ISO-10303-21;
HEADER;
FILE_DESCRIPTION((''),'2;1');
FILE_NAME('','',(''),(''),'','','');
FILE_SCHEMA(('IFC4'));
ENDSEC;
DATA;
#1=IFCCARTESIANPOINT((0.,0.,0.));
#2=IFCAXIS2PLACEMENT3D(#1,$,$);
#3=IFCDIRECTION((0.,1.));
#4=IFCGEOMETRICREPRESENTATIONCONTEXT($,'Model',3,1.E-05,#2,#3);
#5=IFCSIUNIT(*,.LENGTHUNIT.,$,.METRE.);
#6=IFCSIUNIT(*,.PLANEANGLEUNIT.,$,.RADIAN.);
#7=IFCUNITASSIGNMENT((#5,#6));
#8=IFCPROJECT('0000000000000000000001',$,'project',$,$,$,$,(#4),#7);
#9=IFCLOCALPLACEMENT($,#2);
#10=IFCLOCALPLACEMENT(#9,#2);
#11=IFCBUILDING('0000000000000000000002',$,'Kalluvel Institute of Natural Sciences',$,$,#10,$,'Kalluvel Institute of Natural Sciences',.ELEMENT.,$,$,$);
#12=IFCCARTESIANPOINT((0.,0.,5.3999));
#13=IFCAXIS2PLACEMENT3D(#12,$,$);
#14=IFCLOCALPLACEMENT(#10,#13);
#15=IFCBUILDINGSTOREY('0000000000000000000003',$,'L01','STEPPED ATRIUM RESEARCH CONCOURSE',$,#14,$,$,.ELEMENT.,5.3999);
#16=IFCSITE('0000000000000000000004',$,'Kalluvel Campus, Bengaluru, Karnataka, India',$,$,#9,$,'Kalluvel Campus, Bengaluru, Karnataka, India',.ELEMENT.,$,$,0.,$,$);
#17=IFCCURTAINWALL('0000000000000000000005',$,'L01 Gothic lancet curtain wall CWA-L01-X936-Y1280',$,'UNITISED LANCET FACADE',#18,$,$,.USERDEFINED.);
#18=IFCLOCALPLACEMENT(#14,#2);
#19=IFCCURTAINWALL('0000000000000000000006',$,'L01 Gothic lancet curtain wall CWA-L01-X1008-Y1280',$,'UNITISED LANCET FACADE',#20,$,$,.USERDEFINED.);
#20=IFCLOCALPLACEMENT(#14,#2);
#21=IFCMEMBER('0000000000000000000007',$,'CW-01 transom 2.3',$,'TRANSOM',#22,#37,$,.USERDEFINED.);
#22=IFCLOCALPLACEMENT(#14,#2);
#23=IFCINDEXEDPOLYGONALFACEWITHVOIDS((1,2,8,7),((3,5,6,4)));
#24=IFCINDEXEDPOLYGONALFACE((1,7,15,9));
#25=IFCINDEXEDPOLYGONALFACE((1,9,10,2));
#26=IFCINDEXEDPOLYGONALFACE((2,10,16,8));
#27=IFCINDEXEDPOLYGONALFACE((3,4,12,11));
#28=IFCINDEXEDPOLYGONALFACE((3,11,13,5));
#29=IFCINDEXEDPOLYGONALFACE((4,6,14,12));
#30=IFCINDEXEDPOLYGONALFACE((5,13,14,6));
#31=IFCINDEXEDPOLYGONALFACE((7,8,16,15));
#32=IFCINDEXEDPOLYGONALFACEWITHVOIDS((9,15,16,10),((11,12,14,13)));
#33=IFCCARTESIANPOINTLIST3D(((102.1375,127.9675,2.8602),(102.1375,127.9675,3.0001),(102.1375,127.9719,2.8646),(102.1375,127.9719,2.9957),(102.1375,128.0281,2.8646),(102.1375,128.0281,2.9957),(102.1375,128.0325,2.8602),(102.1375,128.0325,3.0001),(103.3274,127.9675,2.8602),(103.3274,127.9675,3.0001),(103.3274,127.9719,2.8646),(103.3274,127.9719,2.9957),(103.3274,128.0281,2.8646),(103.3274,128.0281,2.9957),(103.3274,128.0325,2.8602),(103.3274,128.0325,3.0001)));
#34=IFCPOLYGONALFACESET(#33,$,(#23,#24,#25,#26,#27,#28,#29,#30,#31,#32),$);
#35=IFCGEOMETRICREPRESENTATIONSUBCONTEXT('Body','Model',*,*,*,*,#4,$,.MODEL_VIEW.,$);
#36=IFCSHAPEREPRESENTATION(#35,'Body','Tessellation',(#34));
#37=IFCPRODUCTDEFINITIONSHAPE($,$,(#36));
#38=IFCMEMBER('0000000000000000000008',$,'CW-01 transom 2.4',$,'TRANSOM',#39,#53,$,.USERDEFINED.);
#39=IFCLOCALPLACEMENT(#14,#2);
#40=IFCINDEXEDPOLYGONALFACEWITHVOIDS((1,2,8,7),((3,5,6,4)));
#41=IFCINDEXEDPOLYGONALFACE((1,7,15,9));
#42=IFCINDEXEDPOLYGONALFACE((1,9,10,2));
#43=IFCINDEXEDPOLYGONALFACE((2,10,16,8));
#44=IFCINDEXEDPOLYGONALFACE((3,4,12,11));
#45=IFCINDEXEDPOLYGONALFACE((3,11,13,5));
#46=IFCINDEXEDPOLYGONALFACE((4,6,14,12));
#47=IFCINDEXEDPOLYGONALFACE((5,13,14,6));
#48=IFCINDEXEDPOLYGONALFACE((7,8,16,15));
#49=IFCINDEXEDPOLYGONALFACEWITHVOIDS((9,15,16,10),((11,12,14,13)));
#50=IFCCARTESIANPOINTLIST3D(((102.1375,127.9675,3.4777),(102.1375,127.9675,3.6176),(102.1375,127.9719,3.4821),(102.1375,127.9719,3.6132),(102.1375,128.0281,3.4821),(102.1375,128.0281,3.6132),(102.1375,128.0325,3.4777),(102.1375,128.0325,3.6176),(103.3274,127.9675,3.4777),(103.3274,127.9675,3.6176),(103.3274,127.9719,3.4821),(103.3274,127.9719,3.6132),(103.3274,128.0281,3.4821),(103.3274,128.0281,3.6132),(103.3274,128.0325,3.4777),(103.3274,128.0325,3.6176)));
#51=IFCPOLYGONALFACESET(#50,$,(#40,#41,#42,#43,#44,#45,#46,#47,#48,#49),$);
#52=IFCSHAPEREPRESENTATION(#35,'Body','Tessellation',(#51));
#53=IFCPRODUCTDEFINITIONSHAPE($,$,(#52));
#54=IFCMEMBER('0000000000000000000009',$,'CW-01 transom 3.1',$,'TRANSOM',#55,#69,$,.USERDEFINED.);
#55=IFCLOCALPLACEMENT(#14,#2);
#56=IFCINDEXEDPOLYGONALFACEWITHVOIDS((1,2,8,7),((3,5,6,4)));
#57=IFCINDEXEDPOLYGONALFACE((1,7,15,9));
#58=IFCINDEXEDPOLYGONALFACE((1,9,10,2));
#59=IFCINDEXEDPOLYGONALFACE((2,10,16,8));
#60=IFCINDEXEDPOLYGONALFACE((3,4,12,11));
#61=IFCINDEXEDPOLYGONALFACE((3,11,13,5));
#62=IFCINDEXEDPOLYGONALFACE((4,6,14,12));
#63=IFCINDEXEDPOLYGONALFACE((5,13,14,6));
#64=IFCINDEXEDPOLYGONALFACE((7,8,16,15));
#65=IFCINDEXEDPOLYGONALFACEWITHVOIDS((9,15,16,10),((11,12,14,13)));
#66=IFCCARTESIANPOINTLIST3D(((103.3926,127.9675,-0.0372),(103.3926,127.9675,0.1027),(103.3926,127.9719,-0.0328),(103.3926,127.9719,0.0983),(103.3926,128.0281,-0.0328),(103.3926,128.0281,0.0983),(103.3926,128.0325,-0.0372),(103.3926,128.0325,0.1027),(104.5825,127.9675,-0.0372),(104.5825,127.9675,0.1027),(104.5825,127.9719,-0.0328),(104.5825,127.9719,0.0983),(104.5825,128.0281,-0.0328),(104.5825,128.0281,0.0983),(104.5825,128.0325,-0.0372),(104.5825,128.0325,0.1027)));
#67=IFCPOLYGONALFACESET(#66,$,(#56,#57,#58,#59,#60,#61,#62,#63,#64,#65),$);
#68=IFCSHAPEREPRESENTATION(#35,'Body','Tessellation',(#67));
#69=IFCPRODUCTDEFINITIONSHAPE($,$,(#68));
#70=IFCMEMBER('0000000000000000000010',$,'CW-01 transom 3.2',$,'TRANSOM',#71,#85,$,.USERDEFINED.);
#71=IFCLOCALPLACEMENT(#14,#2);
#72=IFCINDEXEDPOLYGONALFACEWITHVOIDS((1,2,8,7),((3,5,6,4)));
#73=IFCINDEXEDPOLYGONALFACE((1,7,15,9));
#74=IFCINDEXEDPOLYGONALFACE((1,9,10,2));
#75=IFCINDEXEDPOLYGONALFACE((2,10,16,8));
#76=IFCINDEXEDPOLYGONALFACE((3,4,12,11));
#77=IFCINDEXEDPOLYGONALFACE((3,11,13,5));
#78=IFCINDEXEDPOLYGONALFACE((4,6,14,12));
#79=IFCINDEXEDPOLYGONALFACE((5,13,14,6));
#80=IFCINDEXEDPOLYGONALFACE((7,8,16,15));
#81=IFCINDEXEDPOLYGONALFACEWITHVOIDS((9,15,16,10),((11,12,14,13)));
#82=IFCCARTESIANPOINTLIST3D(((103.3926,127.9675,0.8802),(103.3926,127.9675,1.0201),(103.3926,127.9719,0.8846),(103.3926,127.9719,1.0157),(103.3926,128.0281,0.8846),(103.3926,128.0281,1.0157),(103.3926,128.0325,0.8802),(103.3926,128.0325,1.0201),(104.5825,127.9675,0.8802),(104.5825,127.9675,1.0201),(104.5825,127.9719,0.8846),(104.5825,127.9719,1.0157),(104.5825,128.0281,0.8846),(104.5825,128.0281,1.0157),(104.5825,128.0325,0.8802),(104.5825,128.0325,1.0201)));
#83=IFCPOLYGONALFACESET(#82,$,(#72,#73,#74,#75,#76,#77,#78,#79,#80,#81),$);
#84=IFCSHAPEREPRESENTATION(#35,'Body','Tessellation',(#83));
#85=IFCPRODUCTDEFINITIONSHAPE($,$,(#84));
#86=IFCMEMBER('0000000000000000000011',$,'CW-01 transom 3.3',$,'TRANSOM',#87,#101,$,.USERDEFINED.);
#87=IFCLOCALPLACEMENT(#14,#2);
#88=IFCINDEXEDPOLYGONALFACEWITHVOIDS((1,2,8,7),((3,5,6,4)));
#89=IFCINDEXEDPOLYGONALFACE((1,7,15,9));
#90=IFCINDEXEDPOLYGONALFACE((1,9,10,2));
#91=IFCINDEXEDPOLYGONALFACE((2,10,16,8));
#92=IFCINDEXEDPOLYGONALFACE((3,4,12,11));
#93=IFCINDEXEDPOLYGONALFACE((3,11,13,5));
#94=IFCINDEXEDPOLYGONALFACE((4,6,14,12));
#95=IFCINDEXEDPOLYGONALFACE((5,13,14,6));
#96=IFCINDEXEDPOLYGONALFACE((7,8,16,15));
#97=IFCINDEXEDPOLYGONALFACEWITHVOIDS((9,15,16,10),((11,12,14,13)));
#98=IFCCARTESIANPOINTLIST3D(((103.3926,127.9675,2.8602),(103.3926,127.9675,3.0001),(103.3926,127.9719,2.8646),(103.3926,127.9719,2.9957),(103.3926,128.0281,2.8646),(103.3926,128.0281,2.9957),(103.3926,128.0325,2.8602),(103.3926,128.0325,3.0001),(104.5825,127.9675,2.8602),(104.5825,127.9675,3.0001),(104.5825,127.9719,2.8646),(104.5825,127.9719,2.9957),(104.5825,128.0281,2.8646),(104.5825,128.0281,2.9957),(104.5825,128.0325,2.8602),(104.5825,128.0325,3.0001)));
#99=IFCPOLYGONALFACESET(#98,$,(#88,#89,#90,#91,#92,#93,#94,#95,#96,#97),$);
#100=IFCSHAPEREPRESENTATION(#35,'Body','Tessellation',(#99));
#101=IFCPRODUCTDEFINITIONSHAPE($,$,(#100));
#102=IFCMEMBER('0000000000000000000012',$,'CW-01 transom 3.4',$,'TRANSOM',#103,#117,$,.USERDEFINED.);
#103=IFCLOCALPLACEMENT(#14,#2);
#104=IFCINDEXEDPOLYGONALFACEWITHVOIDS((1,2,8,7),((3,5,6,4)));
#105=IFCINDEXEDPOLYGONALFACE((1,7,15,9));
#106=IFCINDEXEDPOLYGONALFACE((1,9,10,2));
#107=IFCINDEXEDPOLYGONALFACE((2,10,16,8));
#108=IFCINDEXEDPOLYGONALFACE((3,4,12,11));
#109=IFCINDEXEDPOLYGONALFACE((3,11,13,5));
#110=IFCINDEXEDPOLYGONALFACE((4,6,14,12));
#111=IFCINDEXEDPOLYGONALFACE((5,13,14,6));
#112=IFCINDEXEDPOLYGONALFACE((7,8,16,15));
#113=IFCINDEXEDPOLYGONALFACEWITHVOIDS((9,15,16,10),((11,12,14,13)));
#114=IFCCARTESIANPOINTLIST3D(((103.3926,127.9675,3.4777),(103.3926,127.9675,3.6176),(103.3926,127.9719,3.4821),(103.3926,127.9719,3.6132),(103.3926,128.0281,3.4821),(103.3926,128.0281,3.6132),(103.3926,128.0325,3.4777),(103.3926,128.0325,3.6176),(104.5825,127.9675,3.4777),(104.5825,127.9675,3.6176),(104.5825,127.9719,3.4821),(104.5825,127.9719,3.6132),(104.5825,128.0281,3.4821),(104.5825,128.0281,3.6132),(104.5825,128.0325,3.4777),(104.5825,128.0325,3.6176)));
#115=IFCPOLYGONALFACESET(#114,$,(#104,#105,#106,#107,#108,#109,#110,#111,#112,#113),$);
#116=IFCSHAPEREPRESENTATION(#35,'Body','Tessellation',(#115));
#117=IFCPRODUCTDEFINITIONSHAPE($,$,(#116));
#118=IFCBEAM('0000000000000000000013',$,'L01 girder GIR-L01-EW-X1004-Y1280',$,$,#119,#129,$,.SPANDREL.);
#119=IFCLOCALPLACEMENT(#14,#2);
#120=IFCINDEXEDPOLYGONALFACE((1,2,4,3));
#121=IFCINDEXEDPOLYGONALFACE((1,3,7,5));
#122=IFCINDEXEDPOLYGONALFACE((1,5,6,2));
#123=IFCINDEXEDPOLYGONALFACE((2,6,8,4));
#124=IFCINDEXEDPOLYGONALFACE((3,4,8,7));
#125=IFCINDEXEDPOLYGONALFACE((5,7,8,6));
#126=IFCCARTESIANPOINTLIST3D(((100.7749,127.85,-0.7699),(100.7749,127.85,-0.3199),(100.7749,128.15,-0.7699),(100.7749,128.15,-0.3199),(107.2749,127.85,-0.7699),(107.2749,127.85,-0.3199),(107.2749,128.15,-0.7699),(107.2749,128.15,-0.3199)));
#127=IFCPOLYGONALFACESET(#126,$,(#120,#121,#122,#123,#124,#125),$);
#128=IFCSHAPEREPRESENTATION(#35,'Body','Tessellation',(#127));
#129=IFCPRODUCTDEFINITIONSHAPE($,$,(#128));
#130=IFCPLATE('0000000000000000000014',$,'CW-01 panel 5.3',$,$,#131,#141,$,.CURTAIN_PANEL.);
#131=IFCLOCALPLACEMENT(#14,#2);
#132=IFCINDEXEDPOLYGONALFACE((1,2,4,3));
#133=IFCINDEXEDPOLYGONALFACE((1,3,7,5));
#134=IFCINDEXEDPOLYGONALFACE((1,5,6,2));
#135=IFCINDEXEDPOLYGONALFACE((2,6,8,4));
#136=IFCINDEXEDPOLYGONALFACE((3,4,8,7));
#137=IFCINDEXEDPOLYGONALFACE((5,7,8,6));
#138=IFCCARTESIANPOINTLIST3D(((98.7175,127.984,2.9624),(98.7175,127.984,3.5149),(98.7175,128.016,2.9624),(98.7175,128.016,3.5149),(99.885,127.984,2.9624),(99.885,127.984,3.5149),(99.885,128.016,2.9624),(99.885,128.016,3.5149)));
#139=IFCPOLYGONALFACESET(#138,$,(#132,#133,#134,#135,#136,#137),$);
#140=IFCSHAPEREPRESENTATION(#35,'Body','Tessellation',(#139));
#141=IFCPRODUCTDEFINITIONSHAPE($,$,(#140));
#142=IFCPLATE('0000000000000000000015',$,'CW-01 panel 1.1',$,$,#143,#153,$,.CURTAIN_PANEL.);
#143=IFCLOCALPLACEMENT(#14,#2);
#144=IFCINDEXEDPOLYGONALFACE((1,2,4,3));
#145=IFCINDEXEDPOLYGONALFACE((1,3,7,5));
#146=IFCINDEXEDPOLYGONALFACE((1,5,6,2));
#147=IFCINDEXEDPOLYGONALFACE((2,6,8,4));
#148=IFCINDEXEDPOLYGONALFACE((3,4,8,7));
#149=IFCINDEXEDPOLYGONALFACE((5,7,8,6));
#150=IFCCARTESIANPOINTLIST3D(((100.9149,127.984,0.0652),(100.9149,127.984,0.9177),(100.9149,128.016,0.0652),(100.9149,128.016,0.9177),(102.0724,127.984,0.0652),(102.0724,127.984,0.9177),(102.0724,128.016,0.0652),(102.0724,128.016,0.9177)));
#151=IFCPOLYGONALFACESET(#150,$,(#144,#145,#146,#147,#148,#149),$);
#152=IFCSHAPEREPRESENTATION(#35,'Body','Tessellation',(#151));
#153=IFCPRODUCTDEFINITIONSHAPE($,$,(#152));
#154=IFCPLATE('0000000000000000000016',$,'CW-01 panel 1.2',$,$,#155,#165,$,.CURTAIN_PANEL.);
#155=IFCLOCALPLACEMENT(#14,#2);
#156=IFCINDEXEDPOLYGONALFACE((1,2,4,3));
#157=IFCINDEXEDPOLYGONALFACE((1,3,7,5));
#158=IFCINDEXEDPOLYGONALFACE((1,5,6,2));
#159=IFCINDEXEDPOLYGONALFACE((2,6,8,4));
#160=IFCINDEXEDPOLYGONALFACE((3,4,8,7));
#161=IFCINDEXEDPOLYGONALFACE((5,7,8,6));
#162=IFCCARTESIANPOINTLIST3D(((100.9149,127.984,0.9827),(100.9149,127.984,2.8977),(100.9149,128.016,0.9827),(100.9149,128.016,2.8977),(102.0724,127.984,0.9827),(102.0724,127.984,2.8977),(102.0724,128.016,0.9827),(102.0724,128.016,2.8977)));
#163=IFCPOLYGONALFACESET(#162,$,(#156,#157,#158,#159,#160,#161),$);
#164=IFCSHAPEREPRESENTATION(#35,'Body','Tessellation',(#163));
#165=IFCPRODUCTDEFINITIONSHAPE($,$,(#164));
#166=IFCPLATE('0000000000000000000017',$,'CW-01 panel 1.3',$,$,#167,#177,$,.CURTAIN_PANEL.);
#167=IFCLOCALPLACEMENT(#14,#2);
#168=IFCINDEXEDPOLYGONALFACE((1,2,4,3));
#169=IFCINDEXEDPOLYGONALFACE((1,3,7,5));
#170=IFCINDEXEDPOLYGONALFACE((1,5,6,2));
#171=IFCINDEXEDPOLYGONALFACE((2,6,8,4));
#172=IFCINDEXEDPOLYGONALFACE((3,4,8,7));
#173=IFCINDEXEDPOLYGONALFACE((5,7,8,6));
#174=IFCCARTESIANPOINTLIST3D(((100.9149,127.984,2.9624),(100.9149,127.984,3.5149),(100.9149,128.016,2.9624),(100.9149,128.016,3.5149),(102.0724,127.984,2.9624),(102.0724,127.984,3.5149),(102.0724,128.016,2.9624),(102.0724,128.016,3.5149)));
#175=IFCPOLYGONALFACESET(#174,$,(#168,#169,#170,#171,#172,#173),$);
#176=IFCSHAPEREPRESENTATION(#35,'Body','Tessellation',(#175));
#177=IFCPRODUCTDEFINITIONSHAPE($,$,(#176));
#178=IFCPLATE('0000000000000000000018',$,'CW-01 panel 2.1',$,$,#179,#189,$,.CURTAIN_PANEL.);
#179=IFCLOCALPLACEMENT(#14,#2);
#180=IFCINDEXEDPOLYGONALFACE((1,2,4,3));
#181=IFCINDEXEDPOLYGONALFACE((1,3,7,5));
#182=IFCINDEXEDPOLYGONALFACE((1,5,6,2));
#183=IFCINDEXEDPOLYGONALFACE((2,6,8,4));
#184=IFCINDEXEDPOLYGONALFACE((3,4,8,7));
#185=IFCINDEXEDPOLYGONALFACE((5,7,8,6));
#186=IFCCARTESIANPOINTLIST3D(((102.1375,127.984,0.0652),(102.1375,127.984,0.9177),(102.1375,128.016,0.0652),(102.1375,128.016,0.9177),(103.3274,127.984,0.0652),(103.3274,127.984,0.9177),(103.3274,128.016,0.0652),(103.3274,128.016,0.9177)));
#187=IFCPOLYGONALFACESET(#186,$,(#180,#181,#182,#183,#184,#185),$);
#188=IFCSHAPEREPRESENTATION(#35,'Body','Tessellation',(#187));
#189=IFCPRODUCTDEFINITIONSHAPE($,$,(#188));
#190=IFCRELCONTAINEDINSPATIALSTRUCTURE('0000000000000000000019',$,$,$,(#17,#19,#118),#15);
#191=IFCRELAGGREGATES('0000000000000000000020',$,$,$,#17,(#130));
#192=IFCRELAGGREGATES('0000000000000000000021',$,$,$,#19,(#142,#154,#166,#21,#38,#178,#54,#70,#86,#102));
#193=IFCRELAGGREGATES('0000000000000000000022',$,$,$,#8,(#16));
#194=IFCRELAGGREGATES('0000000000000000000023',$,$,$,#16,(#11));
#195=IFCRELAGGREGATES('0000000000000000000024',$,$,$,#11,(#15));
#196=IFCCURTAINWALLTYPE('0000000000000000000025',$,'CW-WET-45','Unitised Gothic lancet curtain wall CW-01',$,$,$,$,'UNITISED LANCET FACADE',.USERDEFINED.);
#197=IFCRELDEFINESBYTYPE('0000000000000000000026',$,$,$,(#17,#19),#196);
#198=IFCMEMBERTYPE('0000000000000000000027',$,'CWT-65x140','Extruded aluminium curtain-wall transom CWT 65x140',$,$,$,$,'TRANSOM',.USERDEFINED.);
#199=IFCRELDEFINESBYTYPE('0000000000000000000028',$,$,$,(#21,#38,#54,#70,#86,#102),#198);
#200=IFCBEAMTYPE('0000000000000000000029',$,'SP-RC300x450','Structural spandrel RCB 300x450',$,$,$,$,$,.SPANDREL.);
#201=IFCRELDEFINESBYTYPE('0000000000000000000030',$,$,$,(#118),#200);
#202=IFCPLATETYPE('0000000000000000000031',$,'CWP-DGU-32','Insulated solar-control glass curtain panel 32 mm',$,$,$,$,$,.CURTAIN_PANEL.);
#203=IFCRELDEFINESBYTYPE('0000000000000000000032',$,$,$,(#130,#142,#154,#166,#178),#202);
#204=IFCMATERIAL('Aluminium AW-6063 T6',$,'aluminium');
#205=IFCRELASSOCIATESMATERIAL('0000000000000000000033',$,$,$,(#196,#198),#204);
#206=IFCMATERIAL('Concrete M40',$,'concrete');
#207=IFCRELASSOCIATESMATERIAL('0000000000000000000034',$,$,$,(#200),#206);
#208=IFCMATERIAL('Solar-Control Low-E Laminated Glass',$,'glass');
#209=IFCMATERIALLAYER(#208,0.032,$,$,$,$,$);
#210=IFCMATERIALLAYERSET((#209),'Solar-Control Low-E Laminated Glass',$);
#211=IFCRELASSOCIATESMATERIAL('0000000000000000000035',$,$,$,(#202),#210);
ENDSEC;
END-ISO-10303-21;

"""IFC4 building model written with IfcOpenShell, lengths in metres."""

from ifc_helpers import new_model, si_unit, direction, frame, origin, origin_2d, place, context, subcontext, project, spatial, rectangle, hollow_rectangle, extrude, material, layer, layer_set, material_profile, profile_set, type_object, element, aggregate, save


model = new_model("IFC4")

# Units and contexts
model_context = context("Model", 3, precision=1e-05, world=origin(), true_north=direction((0.0, 1.0)))
body_context = subcontext(model_context, "Body", "Model", "MODEL_VIEW")
ifc_project = project(units=[si_unit("LENGTHUNIT", "METRE"), si_unit("PLANEANGLEUNIT", "RADIAN")], contexts=[model_context])

# Site, building, storey
site_placement = place(None, origin())
site = spatial("IfcSite", under=ifc_project, at=site_placement, Name="Kalluvel Campus, Bengaluru, Karnataka, India", LongName="Kalluvel Campus, Bengaluru, Karnataka, India", CompositionType="ELEMENT", RefElevation=0.0)
building_placement = place(site_placement, origin())
building = spatial("IfcBuilding", under=site, at=building_placement, Name="Kalluvel Institute of Natural Sciences", LongName="Kalluvel Institute of Natural Sciences", CompositionType="ELEMENT")
storey_placement = place(building_placement, frame((0.0, 0.0, 5.3999)))
storey = spatial("IfcBuildingStorey", under=building, at=storey_placement, Name="L01", Description="STEPPED ATRIUM RESEARCH CONCOURSE", CompositionType="ELEMENT", Elevation=5.3999)

# Curtain wall
ifc_material_1 = material(Name="Aluminium AW-6063 T6", Category="aluminium")
curtain_wall_type = type_object("IfcCurtainWallType", Name="CW-WET-45", Description="Unitised Gothic lancet curtain wall CW-01", ElementType="UNITISED LANCET FACADE", PredefinedType="USERDEFINED", material=ifc_material_1)
curtain_wall_1_placement = place(storey_placement, origin())
curtain_wall_1 = element("IfcCurtainWall", 1, at=curtain_wall_1_placement, inside=storey, type_object=curtain_wall_type, Name="L01 Gothic lancet curtain wall CWA-L01-X936-Y1280", ObjectType="UNITISED LANCET FACADE", PredefinedType="USERDEFINED")

# Curtain wall, members
curtain_wall_2_placement = place(storey_placement, origin())
curtain_wall_2 = element("IfcCurtainWall", 2, at=curtain_wall_2_placement, inside=storey, type_object=curtain_wall_type, Name="L01 Gothic lancet curtain wall CWA-L01-X1008-Y1280", ObjectType="UNITISED LANCET FACADE", PredefinedType="USERDEFINED")
ifc_material_profile_1 = material_profile(ifc_material_1, hollow_rectangle(XDim=0.0649, YDim=0.1399, WallThickness=0.0044, at=origin_2d()), Name="CWT 65x140")
ifc_profile_set_1 = profile_set([ifc_material_profile_1], Name="Aluminium AW-6063 T6")
member_type_1 = type_object("IfcMemberType", Name="CWT-65x140", Description="Extruded aluminium curtain-wall transom CWT 65x140", ElementType="TRANSOM", PredefinedType="USERDEFINED", material=ifc_profile_set_1)
member_1_placement = place(storey_placement, frame((102.1375, 128.0, 2.9302), z_axis=(1.0, 0.0, 0.0), x_axis=(0.0, 1.0, 0.0)))
member_1 = element("IfcMember", 3, at=member_1_placement, type_object=member_type_1, Name="CW-01 transom 2.3", ObjectType="TRANSOM", PredefinedType="USERDEFINED", context=body_context, shape_type="SweptSolid", body=[
    extrude(hollow_rectangle(XDim=0.0649, YDim=0.1399, WallThickness=0.0044, at=origin_2d()), origin(), (0.0, 0.0, 1.0), 1.1899),
])
member_2_placement = place(storey_placement, frame((102.1375, 128.0, 3.5476), z_axis=(1.0, 0.0, 0.0), x_axis=(0.0, 1.0, 0.0)))
member_2 = element("IfcMember", 4, at=member_2_placement, type_object=member_type_1, Name="CW-01 transom 2.4", ObjectType="TRANSOM", PredefinedType="USERDEFINED", context=body_context, shape_type="SweptSolid", body=[
    extrude(hollow_rectangle(XDim=0.0649, YDim=0.1399, WallThickness=0.0044, at=origin_2d()), origin(), (0.0, 0.0, 1.0), 1.1899),
])
member_3_placement = place(storey_placement, frame((103.3926, 128.0, 0.0327), z_axis=(1.0, 0.0, 0.0), x_axis=(0.0, 1.0, 0.0)))
member_3 = element("IfcMember", 5, at=member_3_placement, type_object=member_type_1, Name="CW-01 transom 3.1", ObjectType="TRANSOM", PredefinedType="USERDEFINED", context=body_context, shape_type="SweptSolid", body=[
    extrude(hollow_rectangle(XDim=0.0649, YDim=0.1399, WallThickness=0.0044, at=origin_2d()), origin(), (0.0, 0.0, 1.0), 1.1899),
])
member_4_placement = place(storey_placement, frame((103.3926, 128.0, 0.9502), z_axis=(1.0, 0.0, 0.0), x_axis=(0.0, 1.0, 0.0)))
member_4 = element("IfcMember", 6, at=member_4_placement, type_object=member_type_1, Name="CW-01 transom 3.2", ObjectType="TRANSOM", PredefinedType="USERDEFINED", context=body_context, shape_type="SweptSolid", body=[
    extrude(hollow_rectangle(XDim=0.0649, YDim=0.1399, WallThickness=0.0044, at=origin_2d()), origin(), (0.0, 0.0, 1.0), 1.1899),
])
member_5_placement = place(storey_placement, frame((103.3926, 128.0, 2.9302), z_axis=(1.0, 0.0, 0.0), x_axis=(0.0, 1.0, 0.0)))
member_5 = element("IfcMember", 7, at=member_5_placement, type_object=member_type_1, Name="CW-01 transom 3.3", ObjectType="TRANSOM", PredefinedType="USERDEFINED", context=body_context, shape_type="SweptSolid", body=[
    extrude(hollow_rectangle(XDim=0.0649, YDim=0.1399, WallThickness=0.0044, at=origin_2d()), origin(), (0.0, 0.0, 1.0), 1.1899),
])
member_6_placement = place(storey_placement, frame((103.3926, 128.0, 3.5476), z_axis=(1.0, 0.0, 0.0), x_axis=(0.0, 1.0, 0.0)))
member_6 = element("IfcMember", 8, at=member_6_placement, type_object=member_type_1, Name="CW-01 transom 3.4", ObjectType="TRANSOM", PredefinedType="USERDEFINED", context=body_context, shape_type="SweptSolid", body=[
    extrude(hollow_rectangle(XDim=0.0649, YDim=0.1399, WallThickness=0.0044, at=origin_2d()), origin(), (0.0, 0.0, 1.0), 1.1899),
])

# Beam
ifc_material_2 = material(Name="Concrete M40", Category="concrete")
ifc_material_profile_2 = material_profile(ifc_material_2, rectangle(XDim=0.3, YDim=0.45, at=origin_2d()), Name="RCB 300x450")
ifc_profile_set_2 = profile_set([ifc_material_profile_2], Name="Concrete M40")
beam_type = type_object("IfcBeamType", Name="SP-RC300x450", Description="Structural spandrel RCB 300x450", PredefinedType="SPANDREL", material=ifc_profile_set_2)
beam_placement = place(storey_placement, frame((100.7749, 128.0, -0.5449), z_axis=(1.0, 0.0, 0.0), x_axis=(0.0, 1.0, 0.0)))
element("IfcBeam", 9, at=beam_placement, inside=storey, type_object=beam_type, Name="L01 girder GIR-L01-EW-X1004-Y1280", PredefinedType="SPANDREL", context=body_context, shape_type="SweptSolid", body=[
    extrude(rectangle(XDim=0.3, YDim=0.45, at=origin_2d()), origin(), (0.0, 0.0, 1.0), 6.5),
])

# Plates
ifc_material_3 = material(Name="Solar-Control Low-E Laminated Glass", Category="glass")
ifc_layer = layer(ifc_material_3, 0.032)
ifc_layer_set = layer_set([ifc_layer], Name="Solar-Control Low-E Laminated Glass")
plate_type = type_object("IfcPlateType", Name="CWP-DGU-32", Description="Insulated solar-control glass curtain panel 32 mm", PredefinedType="CURTAIN_PANEL", material=ifc_layer_set)
plate_1_placement = place(storey_placement, frame((99.3013, 128.0, 2.9624), z_axis=(0.0, 0.0, 1.0), x_axis=(1.0, 0.0, 0.0)))
plate_1 = element("IfcPlate", 10, at=plate_1_placement, type_object=plate_type, Name="CW-01 panel 5.3", PredefinedType="CURTAIN_PANEL", context=body_context, shape_type="SweptSolid", body=[
    extrude(rectangle(XDim=1.1675, YDim=0.032, at=origin_2d()), origin(), (0.0, 0.0, 1.0), 0.5525),
])
aggregate(curtain_wall_1, [plate_1])
plate_2_placement = place(storey_placement, frame((101.4937, 128.0, 0.0652), z_axis=(0.0, 0.0, 1.0), x_axis=(1.0, 0.0, 0.0)))
plate_2 = element("IfcPlate", 11, at=plate_2_placement, type_object=plate_type, Name="CW-01 panel 1.1", PredefinedType="CURTAIN_PANEL", context=body_context, shape_type="SweptSolid", body=[
    extrude(rectangle(XDim=1.1575, YDim=0.032, at=origin_2d()), origin(), (0.0, 0.0, 1.0), 0.8525),
])
plate_3_placement = place(storey_placement, frame((101.4937, 128.0, 0.9827), z_axis=(0.0, 0.0, 1.0), x_axis=(1.0, 0.0, 0.0)))
plate_3 = element("IfcPlate", 12, at=plate_3_placement, type_object=plate_type, Name="CW-01 panel 1.2", PredefinedType="CURTAIN_PANEL", context=body_context, shape_type="SweptSolid", body=[
    extrude(rectangle(XDim=1.1575, YDim=0.032, at=origin_2d()), origin(), (0.0, 0.0, 1.0), 1.915),
])
plate_4_placement = place(storey_placement, frame((101.4937, 128.0, 2.9624), z_axis=(0.0, 0.0, 1.0), x_axis=(1.0, 0.0, 0.0)))
plate_4 = element("IfcPlate", 13, at=plate_4_placement, type_object=plate_type, Name="CW-01 panel 1.3", PredefinedType="CURTAIN_PANEL", context=body_context, shape_type="SweptSolid", body=[
    extrude(rectangle(XDim=1.1575, YDim=0.032, at=origin_2d()), origin(), (0.0, 0.0, 1.0), 0.5525),
])
plate_5_placement = place(storey_placement, frame((102.7324, 128.0, 0.0652), z_axis=(0.0, 0.0, 1.0), x_axis=(1.0, 0.0, 0.0)))
plate_5 = element("IfcPlate", 14, at=plate_5_placement, type_object=plate_type, Name="CW-01 panel 2.1", PredefinedType="CURTAIN_PANEL", context=body_context, shape_type="SweptSolid", body=[
    extrude(rectangle(XDim=1.1899, YDim=0.032, at=origin_2d()), origin(), (0.0, 0.0, 1.0), 0.8525),
])
aggregate(curtain_wall_2, [plate_2, plate_3, plate_4, member_1, member_2, plate_5, member_3, member_4, member_5, member_6])

save(model, "model.ifc")
